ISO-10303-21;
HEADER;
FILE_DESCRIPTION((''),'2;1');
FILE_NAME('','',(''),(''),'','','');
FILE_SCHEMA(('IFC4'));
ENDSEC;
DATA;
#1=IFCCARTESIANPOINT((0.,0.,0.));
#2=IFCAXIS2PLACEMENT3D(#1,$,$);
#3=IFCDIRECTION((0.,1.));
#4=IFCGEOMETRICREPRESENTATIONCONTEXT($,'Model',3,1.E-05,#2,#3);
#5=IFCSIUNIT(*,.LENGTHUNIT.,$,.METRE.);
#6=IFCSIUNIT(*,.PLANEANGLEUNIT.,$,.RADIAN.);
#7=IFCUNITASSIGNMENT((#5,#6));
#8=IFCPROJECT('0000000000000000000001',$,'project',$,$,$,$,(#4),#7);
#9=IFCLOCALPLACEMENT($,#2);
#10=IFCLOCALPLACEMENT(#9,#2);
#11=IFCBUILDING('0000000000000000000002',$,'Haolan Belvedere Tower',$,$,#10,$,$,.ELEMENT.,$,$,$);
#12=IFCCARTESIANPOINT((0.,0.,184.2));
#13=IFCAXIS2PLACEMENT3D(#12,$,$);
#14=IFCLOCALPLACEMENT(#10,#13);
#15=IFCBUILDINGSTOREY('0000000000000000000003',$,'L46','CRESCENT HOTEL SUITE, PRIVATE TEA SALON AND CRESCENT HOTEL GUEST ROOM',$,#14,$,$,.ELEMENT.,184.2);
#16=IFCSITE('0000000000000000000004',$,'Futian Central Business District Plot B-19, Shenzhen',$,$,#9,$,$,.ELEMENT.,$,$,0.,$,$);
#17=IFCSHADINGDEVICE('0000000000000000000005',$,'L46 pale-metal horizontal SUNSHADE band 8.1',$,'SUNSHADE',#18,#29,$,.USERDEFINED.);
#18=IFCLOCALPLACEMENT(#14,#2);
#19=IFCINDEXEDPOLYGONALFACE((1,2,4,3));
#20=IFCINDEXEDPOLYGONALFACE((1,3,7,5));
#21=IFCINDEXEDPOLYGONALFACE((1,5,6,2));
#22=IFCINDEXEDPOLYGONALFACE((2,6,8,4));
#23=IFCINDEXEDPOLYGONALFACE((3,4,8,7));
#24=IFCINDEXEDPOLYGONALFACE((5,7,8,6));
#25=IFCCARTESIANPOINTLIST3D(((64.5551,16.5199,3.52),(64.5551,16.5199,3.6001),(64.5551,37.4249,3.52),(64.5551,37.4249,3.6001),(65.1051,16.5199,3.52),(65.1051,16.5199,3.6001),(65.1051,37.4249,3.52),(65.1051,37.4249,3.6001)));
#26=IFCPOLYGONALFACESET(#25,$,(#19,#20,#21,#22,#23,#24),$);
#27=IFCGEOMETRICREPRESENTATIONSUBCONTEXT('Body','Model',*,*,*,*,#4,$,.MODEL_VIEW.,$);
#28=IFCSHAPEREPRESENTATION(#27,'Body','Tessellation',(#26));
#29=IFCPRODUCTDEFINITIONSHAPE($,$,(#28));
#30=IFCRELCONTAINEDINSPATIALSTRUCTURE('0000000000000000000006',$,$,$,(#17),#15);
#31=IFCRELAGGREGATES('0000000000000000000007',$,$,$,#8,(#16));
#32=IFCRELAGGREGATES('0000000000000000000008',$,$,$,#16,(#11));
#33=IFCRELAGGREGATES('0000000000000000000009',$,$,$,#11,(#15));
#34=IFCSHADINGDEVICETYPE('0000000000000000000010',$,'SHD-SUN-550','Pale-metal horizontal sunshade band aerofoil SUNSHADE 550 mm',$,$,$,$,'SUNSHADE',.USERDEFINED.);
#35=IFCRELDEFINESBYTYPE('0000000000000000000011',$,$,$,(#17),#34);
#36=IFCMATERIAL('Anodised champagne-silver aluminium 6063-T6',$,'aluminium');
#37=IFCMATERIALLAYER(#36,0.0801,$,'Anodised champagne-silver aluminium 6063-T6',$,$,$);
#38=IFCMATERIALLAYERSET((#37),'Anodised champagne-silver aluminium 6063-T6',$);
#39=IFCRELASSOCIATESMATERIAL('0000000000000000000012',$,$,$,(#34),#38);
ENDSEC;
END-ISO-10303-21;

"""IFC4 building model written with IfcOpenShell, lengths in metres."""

from ifc_helpers import new_model, si_unit, direction, frame, origin, origin_2d, place, context, subcontext, project, spatial, rectangle, extrude, material, layer, layer_set, type_object, element, save


model = new_model("IFC4")

# Units and contexts
model_context = context("Model", 3, precision=1e-05, world=origin(), true_north=direction((0.0, 1.0)))
body_context = subcontext(model_context, "Body", "Model", "MODEL_VIEW")
ifc_project = project(units=[si_unit("LENGTHUNIT", "METRE"), si_unit("PLANEANGLEUNIT", "RADIAN")], contexts=[model_context])

# Site, building, storey
site_placement = place(None, origin())
site = spatial("IfcSite", under=ifc_project, at=site_placement, Name="Futian Central Business District Plot B-19, Shenzhen", CompositionType="ELEMENT", RefElevation=0.0)
building_placement = place(site_placement, origin())
building = spatial("IfcBuilding", under=site, at=building_placement, Name="Haolan Belvedere Tower", CompositionType="ELEMENT")
storey_placement = place(building_placement, frame((0.0, 0.0, 184.2)))
storey = spatial("IfcBuildingStorey", under=building, at=storey_placement, Name="L46", Description="CRESCENT HOTEL SUITE, PRIVATE TEA SALON AND CRESCENT HOTEL GUEST ROOM", CompositionType="ELEMENT", Elevation=184.2)

# Shading device
ifc_material_1 = material(Name="Anodised champagne-silver aluminium 6063-T6", Category="aluminium")
ifc_layer_1 = layer(ifc_material_1, 0.0801, Name="Anodised champagne-silver aluminium 6063-T6")
ifc_layer_set_1 = layer_set([ifc_layer_1], Name="Anodised champagne-silver aluminium 6063-T6")
shading_device_type = type_object("IfcShadingDeviceType", Name="SHD-SUN-550", Description="Pale-metal horizontal sunshade band aerofoil SUNSHADE 550 mm", ElementType="SUNSHADE", PredefinedType="USERDEFINED", material=ifc_layer_set_1)
shading_device_placement = place(storey_placement, frame((64.8301, 26.9724, 3.52), z_axis=(0.0, 0.0, 1.0), x_axis=(0.0, 1.0, 0.0)))
element("IfcShadingDevice", 1, at=shading_device_placement, inside=storey, type_object=shading_device_type, Name="L46 pale-metal horizontal SUNSHADE band 8.1", ObjectType="SUNSHADE", PredefinedType="USERDEFINED", context=body_context, shape_type="SweptSolid", body=[
    extrude(rectangle(XDim=20.905, YDim=0.55, at=origin_2d()), origin(), (0.0, 0.0, 1.0), 0.0801),
])

save(model, "model.ifc")
